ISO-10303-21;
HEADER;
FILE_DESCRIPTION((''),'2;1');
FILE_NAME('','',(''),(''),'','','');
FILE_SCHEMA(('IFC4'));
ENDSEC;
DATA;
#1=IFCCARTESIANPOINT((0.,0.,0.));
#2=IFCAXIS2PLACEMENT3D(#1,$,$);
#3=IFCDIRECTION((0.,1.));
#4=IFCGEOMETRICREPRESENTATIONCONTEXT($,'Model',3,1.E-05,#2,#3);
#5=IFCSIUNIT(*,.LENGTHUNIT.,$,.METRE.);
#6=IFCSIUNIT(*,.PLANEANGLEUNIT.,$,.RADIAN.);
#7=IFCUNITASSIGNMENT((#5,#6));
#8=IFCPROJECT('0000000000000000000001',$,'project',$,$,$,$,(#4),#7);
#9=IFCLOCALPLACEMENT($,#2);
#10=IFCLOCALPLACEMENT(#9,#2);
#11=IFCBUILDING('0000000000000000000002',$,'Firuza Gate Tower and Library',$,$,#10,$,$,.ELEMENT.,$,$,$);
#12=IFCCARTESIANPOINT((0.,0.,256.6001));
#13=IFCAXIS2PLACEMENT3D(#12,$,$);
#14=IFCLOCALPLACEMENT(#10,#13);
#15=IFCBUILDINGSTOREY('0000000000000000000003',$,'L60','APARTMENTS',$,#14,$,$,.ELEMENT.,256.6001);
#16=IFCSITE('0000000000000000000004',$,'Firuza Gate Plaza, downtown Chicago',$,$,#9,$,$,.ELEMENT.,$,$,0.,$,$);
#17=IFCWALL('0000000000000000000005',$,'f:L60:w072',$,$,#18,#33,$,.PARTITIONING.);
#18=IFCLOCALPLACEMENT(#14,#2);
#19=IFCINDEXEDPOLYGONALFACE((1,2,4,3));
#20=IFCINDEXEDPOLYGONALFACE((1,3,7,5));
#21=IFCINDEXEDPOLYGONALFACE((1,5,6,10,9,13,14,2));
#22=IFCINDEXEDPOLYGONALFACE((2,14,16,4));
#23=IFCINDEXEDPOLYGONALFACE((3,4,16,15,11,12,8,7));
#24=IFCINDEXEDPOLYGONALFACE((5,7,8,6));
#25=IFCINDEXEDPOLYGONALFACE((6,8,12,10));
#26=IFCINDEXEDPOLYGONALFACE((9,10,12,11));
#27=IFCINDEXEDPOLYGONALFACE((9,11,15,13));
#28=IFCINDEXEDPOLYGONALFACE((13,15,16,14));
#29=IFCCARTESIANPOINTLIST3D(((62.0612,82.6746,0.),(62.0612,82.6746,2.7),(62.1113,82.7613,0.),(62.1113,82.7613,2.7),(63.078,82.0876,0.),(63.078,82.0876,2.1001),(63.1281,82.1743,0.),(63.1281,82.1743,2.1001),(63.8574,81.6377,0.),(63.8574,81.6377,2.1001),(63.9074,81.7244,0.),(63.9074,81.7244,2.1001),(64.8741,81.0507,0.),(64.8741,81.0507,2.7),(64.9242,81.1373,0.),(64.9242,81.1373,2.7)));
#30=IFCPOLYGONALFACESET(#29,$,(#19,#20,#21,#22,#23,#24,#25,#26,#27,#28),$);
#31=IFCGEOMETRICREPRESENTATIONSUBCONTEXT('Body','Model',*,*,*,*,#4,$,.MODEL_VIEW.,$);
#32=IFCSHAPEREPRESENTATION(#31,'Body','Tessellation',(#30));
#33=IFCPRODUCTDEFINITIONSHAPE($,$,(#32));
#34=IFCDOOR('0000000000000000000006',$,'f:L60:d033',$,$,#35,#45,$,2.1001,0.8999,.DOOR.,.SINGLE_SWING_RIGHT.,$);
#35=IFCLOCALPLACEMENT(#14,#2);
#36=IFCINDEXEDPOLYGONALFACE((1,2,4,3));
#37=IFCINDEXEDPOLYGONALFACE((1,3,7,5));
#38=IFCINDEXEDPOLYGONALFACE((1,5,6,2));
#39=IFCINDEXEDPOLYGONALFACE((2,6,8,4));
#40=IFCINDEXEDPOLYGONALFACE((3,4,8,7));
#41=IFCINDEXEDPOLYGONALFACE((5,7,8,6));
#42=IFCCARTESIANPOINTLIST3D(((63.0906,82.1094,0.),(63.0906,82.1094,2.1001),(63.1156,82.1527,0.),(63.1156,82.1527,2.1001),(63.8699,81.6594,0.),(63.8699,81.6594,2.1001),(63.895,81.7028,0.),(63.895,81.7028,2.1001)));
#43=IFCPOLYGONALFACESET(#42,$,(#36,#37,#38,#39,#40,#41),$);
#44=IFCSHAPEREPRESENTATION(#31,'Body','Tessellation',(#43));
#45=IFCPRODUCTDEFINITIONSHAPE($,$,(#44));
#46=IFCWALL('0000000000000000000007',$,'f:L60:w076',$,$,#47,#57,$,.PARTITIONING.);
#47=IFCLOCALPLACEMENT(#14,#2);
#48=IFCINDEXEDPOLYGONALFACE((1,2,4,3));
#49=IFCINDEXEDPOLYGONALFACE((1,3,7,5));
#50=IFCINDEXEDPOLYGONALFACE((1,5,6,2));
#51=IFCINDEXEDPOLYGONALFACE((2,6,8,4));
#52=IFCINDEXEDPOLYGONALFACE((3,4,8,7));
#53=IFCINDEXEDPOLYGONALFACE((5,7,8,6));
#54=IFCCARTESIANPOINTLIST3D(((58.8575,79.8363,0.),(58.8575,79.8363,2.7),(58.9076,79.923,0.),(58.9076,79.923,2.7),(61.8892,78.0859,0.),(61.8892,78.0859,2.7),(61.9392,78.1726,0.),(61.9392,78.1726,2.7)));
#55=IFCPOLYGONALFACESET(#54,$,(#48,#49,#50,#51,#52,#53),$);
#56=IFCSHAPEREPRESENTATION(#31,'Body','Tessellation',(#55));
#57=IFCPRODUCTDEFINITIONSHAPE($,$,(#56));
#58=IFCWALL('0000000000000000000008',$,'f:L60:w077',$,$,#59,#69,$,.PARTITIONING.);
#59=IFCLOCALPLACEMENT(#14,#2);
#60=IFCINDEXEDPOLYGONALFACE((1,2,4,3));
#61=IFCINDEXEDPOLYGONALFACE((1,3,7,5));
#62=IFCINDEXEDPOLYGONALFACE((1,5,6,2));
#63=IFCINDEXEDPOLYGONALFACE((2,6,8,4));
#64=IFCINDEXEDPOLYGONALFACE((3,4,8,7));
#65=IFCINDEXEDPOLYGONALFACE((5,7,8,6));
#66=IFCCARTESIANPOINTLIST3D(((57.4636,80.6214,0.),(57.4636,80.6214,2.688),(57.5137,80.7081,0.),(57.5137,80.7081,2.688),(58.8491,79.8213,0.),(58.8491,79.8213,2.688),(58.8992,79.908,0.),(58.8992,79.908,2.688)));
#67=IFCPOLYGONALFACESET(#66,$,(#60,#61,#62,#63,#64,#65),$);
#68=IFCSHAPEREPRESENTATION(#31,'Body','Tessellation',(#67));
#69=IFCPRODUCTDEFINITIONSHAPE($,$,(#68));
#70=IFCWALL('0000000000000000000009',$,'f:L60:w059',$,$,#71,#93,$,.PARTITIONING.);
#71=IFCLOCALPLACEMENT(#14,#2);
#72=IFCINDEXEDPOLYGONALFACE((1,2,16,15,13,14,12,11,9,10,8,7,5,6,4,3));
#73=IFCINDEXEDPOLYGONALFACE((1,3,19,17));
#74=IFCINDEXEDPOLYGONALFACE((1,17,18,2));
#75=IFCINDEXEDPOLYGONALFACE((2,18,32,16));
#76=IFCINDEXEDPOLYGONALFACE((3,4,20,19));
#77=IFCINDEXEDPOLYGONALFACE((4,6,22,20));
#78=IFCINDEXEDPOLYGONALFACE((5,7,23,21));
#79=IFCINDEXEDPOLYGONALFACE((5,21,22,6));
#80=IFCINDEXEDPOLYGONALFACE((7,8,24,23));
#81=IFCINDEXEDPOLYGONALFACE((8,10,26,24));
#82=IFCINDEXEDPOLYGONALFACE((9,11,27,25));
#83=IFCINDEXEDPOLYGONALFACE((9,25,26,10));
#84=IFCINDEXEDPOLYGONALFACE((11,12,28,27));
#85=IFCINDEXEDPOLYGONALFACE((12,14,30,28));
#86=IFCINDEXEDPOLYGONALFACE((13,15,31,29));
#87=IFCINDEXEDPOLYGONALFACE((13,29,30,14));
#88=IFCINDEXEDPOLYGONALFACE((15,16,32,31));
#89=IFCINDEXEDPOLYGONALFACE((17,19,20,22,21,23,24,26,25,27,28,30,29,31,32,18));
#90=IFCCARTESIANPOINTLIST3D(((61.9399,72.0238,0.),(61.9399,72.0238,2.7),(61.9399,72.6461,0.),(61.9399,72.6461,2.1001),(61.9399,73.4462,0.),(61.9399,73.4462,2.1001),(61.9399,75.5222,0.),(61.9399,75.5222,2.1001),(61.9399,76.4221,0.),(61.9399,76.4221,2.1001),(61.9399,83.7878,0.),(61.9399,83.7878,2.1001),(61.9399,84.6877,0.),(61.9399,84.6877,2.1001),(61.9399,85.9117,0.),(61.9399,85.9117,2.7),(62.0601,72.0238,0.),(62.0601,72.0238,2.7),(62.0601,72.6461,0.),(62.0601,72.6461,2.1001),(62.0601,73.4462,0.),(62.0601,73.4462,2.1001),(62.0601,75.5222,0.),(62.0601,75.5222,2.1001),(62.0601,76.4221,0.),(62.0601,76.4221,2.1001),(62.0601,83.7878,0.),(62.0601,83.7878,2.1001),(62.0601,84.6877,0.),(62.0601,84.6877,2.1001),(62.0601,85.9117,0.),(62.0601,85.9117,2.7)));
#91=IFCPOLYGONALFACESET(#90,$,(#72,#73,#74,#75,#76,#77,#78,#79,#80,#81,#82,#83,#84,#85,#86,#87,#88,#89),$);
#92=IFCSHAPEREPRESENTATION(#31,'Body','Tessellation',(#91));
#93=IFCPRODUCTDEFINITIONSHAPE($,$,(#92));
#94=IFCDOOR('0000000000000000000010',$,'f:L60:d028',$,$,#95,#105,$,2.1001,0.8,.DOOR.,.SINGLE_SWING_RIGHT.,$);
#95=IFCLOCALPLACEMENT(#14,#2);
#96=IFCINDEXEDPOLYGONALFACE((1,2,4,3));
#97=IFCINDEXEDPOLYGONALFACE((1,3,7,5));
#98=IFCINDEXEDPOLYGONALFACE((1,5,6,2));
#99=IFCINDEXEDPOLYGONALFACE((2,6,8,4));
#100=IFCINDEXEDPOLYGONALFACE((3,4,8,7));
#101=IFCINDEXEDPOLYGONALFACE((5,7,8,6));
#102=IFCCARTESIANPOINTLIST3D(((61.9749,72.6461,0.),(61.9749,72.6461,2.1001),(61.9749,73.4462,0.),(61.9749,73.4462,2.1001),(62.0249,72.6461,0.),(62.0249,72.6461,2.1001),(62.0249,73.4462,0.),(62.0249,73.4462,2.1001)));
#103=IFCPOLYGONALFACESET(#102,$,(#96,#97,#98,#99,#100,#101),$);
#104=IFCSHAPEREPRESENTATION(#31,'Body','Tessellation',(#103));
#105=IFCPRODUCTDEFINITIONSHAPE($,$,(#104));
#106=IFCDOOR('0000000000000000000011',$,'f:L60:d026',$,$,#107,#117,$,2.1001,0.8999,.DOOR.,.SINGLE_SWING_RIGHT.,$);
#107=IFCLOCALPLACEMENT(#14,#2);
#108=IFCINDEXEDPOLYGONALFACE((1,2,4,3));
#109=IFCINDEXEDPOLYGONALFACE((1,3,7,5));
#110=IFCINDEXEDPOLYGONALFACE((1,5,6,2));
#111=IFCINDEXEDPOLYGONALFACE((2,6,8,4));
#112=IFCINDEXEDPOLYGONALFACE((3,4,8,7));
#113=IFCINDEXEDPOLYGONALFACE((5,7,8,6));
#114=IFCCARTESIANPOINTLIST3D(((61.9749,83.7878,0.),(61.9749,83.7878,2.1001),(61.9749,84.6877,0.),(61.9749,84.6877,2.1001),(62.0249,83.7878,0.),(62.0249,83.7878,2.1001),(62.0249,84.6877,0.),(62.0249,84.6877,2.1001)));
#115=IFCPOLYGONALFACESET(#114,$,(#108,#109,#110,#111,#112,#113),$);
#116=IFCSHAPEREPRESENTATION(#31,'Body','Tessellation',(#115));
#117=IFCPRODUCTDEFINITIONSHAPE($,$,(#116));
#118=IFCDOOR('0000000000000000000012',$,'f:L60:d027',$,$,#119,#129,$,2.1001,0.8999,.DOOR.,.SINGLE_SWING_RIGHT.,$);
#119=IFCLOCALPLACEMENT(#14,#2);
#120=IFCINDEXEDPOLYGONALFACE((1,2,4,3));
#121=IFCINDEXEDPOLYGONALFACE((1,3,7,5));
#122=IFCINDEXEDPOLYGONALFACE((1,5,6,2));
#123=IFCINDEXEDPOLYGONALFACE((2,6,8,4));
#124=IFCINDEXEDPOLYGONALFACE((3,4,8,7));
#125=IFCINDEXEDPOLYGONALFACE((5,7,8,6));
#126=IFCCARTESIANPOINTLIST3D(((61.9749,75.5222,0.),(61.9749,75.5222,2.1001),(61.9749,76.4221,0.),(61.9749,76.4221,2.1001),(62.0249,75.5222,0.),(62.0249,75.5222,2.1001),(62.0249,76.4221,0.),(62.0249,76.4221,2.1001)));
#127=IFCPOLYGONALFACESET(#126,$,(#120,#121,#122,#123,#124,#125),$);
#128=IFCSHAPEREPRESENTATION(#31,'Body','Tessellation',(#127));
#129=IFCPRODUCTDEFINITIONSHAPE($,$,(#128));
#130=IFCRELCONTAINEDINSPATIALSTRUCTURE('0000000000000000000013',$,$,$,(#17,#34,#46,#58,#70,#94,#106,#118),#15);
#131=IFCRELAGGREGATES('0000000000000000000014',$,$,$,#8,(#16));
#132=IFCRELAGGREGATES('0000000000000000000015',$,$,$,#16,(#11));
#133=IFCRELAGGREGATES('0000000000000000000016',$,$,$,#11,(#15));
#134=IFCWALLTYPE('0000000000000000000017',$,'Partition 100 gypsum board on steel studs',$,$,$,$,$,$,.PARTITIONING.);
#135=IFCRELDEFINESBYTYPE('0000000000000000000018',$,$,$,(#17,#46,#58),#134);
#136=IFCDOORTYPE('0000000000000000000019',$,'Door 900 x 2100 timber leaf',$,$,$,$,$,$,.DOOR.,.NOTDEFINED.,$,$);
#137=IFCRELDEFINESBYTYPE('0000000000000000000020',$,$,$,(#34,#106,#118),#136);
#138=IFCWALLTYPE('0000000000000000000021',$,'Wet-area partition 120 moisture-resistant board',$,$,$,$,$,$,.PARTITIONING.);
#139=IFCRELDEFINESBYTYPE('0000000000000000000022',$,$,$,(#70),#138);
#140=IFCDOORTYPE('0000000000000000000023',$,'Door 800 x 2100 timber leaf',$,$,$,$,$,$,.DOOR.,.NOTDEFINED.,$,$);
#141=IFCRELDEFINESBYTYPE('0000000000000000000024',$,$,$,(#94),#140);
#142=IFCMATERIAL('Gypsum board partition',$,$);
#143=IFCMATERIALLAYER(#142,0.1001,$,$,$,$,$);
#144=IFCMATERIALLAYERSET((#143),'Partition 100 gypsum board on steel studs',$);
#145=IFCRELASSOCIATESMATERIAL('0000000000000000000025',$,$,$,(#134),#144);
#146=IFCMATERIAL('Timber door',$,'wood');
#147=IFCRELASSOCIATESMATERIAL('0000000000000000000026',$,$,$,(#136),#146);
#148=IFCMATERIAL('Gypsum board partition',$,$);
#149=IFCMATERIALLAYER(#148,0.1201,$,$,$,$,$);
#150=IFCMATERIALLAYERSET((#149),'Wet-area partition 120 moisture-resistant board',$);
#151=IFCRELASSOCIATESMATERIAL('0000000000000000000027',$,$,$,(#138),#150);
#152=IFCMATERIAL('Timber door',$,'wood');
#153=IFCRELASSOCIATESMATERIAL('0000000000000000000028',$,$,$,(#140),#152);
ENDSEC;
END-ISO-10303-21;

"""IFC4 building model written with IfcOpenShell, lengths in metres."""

from ifc_helpers import new_model, si_unit, direction, frame, frame_2d, origin, place, context, subcontext, project, spatial, rectangle, extrude, material, layer, layer_set, type_object, element, fill, save


model = new_model("IFC4")

# Units and contexts
model_context = context("Model", 3, precision=1e-05, world=origin(), true_north=direction((0.0, 1.0)))
body_context = subcontext(model_context, "Body", "Model", "MODEL_VIEW")
ifc_project = project(units=[si_unit("LENGTHUNIT", "METRE"), si_unit("PLANEANGLEUNIT", "RADIAN")], contexts=[model_context])

# Site, building, storey
site_placement = place(None, origin())
site = spatial("IfcSite", under=ifc_project, at=site_placement, Name="Firuza Gate Plaza, downtown Chicago", CompositionType="ELEMENT", RefElevation=0.0)
building_placement = place(site_placement, origin())
building = spatial("IfcBuilding", under=site, at=building_placement, Name="Firuza Gate Tower and Library", CompositionType="ELEMENT")
storey_placement = place(building_placement, frame((0.0, 0.0, 256.6001)))
storey = spatial("IfcBuildingStorey", under=building, at=storey_placement, Name="L60", Description="APARTMENTS", CompositionType="ELEMENT", Elevation=256.6001)

# Shared definitions
ifc_material_1 = material(Name="Gypsum board partition")
ifc_layer_1 = layer(ifc_material_1, 0.1001)
ifc_layer_set_1 = layer_set([ifc_layer_1], Name="Partition 100 gypsum board on steel studs")
wall_type_1 = type_object("IfcWallType", Name="Partition 100 gypsum board on steel studs", PredefinedType="PARTITIONING", material=ifc_layer_set_1)

# Wall, opening, door
wall_1_placement = place(storey_placement, frame((64.8992, 81.094, 0.0), z_axis=(0.0, 0.0, 1.0), x_axis=(-0.866033, 0.499987, 0.0)))
wall_1 = element("IfcWall", 1, at=wall_1_placement, inside=storey, type_object=wall_type_1, Name="f:L60:w072", PredefinedType="PARTITIONING", context=body_context, shape_type="SweptSolid", body=[
    extrude(rectangle(XDim=3.248, YDim=0.1001, at=frame_2d((1.624, 0.0))), origin(), (0.0, 0.0, 1.0), 2.7),
])
opening_1_placement = place(wall_1_placement, frame((1.1741, 0.0, 0.0)))
opening_1 = element("IfcOpeningElement", 2, at=opening_1_placement, cuts=wall_1, PredefinedType="OPENING", context=body_context, shape_type="SweptSolid", body=[
    extrude(rectangle(XDim=0.8999, YDim=2.1001, at=frame_2d((0.45, 1.05))), frame((0.0, 0.0601, 0.0), z_axis=(0.0, -1.0, 0.0), x_axis=(1.0, 0.0, 0.0)), (0.0, 0.0, 1.0), 0.1201),
])
ifc_material_2 = material(Name="Timber door", Category="wood")
door_type_1 = type_object("IfcDoorType", Name="Door 900 x 2100 timber leaf", OperationType="NOTDEFINED", PredefinedType="DOOR", material=ifc_material_2)
door_1_placement = place(opening_1_placement, origin())
door_1 = element("IfcDoor", 3, at=door_1_placement, inside=storey, type_object=door_type_1, Name="f:L60:d033", OperationType="SINGLE_SWING_RIGHT", OverallHeight=2.1001, OverallWidth=0.8999, PredefinedType="DOOR", context=body_context, shape_type="SweptSolid", body=[
    extrude(rectangle(XDim=0.8999, YDim=2.1001, at=frame_2d((0.45, 1.05))), frame((0.0, 0.0249, 0.0), z_axis=(0.0, -1.0, 0.0), x_axis=(1.0, 0.0, 0.0)), (0.0, 0.0, 1.0), 0.05),
])
fill(opening_1, door_1)

# Walls
wall_2_placement = place(storey_placement, frame((61.9143, 78.1292, 0.0), z_axis=(0.0, 0.0, 1.0), x_axis=(-0.866011, 0.500024, 0.0)))
element("IfcWall", 4, at=wall_2_placement, inside=storey, type_object=wall_type_1, Name="f:L60:w076", PredefinedType="PARTITIONING", context=body_context, shape_type="SweptSolid", body=[
    extrude(rectangle(XDim=3.5007, YDim=0.1001, at=frame_2d((1.7505, 0.0))), origin(), (0.0, 0.0, 1.0), 2.7),
])
wall_3_placement = place(storey_placement, frame((58.874, 79.8647, 0.0), z_axis=(0.0, 0.0, 1.0), x_axis=(-0.86599, 0.500061, 0.0)))
element("IfcWall", 5, at=wall_3_placement, inside=storey, type_object=wall_type_1, Name="f:L60:w077", PredefinedType="PARTITIONING", context=body_context, shape_type="SweptSolid", body=[
    extrude(rectangle(XDim=1.5999, YDim=0.1001, at=frame_2d((0.7998, 0.0))), origin(), (0.0, 0.0, 1.0), 2.688),
])

# Wall, openings, doors
ifc_material_3 = material(Name="Gypsum board partition")
ifc_layer_2 = layer(ifc_material_3, 0.1201)
ifc_layer_set_2 = layer_set([ifc_layer_2], Name="Wet-area partition 120 moisture-resistant board")
wall_type_2 = type_object("IfcWallType", Name="Wet-area partition 120 moisture-resistant board", PredefinedType="PARTITIONING", material=ifc_layer_set_2)
wall_4_placement = place(storey_placement, frame((62.0, 85.9116, 0.0), z_axis=(0.0, 0.0, 1.0), x_axis=(0.0, -1.0, 0.0)))
wall_4 = element("IfcWall", 6, at=wall_4_placement, inside=storey, type_object=wall_type_2, Name="f:L60:w059", PredefinedType="PARTITIONING", context=body_context, shape_type="SweptSolid", body=[
    extrude(rectangle(XDim=13.8879, YDim=0.1201, at=frame_2d((6.9438, 0.0))), origin(), (0.0, 0.0, 1.0), 2.7),
])
opening_2_placement = place(wall_4_placement, frame((1.2239, 0.0, 0.0)))
opening_2 = element("IfcOpeningElement", 7, at=opening_2_placement, cuts=wall_4, PredefinedType="OPENING", context=body_context, shape_type="SweptSolid", body=[
    extrude(rectangle(XDim=0.8999, YDim=2.1001, at=frame_2d((0.45, 1.05))), frame((0.0, 0.0701, 0.0), z_axis=(0.0, -1.0, 0.0), x_axis=(1.0, 0.0, 0.0)), (0.0, 0.0, 1.0), 0.1401),
])
opening_3_placement = place(wall_4_placement, frame((9.4895, 0.0, 0.0)))
opening_3 = element("IfcOpeningElement", 8, at=opening_3_placement, cuts=wall_4, PredefinedType="OPENING", context=body_context, shape_type="SweptSolid", body=[
    extrude(rectangle(XDim=0.8999, YDim=2.1001, at=frame_2d((0.45, 1.05))), frame((0.0, 0.0701, 0.0), z_axis=(0.0, -1.0, 0.0), x_axis=(1.0, 0.0, 0.0)), (0.0, 0.0, 1.0), 0.1401),
])
opening_4_placement = place(wall_4_placement, frame((12.4656, 0.0, 0.0)))
opening_4 = element("IfcOpeningElement", 9, at=opening_4_placement, cuts=wall_4, PredefinedType="OPENING", context=body_context, shape_type="SweptSolid", body=[
    extrude(rectangle(XDim=0.8, YDim=2.1001, at=frame_2d((0.3999, 1.05))), frame((0.0, 0.0701, 0.0), z_axis=(0.0, -1.0, 0.0), x_axis=(1.0, 0.0, 0.0)), (0.0, 0.0, 1.0), 0.1401),
])
ifc_material_4 = material(Name="Timber door", Category="wood")
door_type_2 = type_object("IfcDoorType", Name="Door 800 x 2100 timber leaf", OperationType="NOTDEFINED", PredefinedType="DOOR", material=ifc_material_4)
door_2_placement = place(opening_4_placement, origin())
door_2 = element("IfcDoor", 10, at=door_2_placement, inside=storey, type_object=door_type_2, Name="f:L60:d028", OperationType="SINGLE_SWING_RIGHT", OverallHeight=2.1001, OverallWidth=0.8, PredefinedType="DOOR", context=body_context, shape_type="SweptSolid", body=[
    extrude(rectangle(XDim=0.8, YDim=2.1001, at=frame_2d((0.3999, 1.05))), frame((0.0, 0.0249, 0.0), z_axis=(0.0, -1.0, 0.0), x_axis=(1.0, 0.0, 0.0)), (0.0, 0.0, 1.0), 0.05),
])
fill(opening_4, door_2)
door_3_placement = place(opening_2_placement, origin())
door_3 = element("IfcDoor", 11, at=door_3_placement, inside=storey, type_object=door_type_1, Name="f:L60:d026", OperationType="SINGLE_SWING_RIGHT", OverallHeight=2.1001, OverallWidth=0.8999, PredefinedType="DOOR", context=body_context, shape_type="SweptSolid", body=[
    extrude(rectangle(XDim=0.8999, YDim=2.1001, at=frame_2d((0.45, 1.05))), frame((0.0, 0.0249, 0.0), z_axis=(0.0, -1.0, 0.0), x_axis=(1.0, 0.0, 0.0)), (0.0, 0.0, 1.0), 0.05),
])
fill(opening_2, door_3)
door_4_placement = place(opening_3_placement, origin())
door_4 = element("IfcDoor", 12, at=door_4_placement, inside=storey, type_object=door_type_1, Name="f:L60:d027", OperationType="SINGLE_SWING_RIGHT", OverallHeight=2.1001, OverallWidth=0.8999, PredefinedType="DOOR", context=body_context, shape_type="SweptSolid", body=[
    extrude(rectangle(XDim=0.8999, YDim=2.1001, at=frame_2d((0.45, 1.05))), frame((0.0, 0.0249, 0.0), z_axis=(0.0, -1.0, 0.0), x_axis=(1.0, 0.0, 0.0)), (0.0, 0.0, 1.0), 0.05),
])
fill(opening_3, door_4)

save(model, "model.ifc")
